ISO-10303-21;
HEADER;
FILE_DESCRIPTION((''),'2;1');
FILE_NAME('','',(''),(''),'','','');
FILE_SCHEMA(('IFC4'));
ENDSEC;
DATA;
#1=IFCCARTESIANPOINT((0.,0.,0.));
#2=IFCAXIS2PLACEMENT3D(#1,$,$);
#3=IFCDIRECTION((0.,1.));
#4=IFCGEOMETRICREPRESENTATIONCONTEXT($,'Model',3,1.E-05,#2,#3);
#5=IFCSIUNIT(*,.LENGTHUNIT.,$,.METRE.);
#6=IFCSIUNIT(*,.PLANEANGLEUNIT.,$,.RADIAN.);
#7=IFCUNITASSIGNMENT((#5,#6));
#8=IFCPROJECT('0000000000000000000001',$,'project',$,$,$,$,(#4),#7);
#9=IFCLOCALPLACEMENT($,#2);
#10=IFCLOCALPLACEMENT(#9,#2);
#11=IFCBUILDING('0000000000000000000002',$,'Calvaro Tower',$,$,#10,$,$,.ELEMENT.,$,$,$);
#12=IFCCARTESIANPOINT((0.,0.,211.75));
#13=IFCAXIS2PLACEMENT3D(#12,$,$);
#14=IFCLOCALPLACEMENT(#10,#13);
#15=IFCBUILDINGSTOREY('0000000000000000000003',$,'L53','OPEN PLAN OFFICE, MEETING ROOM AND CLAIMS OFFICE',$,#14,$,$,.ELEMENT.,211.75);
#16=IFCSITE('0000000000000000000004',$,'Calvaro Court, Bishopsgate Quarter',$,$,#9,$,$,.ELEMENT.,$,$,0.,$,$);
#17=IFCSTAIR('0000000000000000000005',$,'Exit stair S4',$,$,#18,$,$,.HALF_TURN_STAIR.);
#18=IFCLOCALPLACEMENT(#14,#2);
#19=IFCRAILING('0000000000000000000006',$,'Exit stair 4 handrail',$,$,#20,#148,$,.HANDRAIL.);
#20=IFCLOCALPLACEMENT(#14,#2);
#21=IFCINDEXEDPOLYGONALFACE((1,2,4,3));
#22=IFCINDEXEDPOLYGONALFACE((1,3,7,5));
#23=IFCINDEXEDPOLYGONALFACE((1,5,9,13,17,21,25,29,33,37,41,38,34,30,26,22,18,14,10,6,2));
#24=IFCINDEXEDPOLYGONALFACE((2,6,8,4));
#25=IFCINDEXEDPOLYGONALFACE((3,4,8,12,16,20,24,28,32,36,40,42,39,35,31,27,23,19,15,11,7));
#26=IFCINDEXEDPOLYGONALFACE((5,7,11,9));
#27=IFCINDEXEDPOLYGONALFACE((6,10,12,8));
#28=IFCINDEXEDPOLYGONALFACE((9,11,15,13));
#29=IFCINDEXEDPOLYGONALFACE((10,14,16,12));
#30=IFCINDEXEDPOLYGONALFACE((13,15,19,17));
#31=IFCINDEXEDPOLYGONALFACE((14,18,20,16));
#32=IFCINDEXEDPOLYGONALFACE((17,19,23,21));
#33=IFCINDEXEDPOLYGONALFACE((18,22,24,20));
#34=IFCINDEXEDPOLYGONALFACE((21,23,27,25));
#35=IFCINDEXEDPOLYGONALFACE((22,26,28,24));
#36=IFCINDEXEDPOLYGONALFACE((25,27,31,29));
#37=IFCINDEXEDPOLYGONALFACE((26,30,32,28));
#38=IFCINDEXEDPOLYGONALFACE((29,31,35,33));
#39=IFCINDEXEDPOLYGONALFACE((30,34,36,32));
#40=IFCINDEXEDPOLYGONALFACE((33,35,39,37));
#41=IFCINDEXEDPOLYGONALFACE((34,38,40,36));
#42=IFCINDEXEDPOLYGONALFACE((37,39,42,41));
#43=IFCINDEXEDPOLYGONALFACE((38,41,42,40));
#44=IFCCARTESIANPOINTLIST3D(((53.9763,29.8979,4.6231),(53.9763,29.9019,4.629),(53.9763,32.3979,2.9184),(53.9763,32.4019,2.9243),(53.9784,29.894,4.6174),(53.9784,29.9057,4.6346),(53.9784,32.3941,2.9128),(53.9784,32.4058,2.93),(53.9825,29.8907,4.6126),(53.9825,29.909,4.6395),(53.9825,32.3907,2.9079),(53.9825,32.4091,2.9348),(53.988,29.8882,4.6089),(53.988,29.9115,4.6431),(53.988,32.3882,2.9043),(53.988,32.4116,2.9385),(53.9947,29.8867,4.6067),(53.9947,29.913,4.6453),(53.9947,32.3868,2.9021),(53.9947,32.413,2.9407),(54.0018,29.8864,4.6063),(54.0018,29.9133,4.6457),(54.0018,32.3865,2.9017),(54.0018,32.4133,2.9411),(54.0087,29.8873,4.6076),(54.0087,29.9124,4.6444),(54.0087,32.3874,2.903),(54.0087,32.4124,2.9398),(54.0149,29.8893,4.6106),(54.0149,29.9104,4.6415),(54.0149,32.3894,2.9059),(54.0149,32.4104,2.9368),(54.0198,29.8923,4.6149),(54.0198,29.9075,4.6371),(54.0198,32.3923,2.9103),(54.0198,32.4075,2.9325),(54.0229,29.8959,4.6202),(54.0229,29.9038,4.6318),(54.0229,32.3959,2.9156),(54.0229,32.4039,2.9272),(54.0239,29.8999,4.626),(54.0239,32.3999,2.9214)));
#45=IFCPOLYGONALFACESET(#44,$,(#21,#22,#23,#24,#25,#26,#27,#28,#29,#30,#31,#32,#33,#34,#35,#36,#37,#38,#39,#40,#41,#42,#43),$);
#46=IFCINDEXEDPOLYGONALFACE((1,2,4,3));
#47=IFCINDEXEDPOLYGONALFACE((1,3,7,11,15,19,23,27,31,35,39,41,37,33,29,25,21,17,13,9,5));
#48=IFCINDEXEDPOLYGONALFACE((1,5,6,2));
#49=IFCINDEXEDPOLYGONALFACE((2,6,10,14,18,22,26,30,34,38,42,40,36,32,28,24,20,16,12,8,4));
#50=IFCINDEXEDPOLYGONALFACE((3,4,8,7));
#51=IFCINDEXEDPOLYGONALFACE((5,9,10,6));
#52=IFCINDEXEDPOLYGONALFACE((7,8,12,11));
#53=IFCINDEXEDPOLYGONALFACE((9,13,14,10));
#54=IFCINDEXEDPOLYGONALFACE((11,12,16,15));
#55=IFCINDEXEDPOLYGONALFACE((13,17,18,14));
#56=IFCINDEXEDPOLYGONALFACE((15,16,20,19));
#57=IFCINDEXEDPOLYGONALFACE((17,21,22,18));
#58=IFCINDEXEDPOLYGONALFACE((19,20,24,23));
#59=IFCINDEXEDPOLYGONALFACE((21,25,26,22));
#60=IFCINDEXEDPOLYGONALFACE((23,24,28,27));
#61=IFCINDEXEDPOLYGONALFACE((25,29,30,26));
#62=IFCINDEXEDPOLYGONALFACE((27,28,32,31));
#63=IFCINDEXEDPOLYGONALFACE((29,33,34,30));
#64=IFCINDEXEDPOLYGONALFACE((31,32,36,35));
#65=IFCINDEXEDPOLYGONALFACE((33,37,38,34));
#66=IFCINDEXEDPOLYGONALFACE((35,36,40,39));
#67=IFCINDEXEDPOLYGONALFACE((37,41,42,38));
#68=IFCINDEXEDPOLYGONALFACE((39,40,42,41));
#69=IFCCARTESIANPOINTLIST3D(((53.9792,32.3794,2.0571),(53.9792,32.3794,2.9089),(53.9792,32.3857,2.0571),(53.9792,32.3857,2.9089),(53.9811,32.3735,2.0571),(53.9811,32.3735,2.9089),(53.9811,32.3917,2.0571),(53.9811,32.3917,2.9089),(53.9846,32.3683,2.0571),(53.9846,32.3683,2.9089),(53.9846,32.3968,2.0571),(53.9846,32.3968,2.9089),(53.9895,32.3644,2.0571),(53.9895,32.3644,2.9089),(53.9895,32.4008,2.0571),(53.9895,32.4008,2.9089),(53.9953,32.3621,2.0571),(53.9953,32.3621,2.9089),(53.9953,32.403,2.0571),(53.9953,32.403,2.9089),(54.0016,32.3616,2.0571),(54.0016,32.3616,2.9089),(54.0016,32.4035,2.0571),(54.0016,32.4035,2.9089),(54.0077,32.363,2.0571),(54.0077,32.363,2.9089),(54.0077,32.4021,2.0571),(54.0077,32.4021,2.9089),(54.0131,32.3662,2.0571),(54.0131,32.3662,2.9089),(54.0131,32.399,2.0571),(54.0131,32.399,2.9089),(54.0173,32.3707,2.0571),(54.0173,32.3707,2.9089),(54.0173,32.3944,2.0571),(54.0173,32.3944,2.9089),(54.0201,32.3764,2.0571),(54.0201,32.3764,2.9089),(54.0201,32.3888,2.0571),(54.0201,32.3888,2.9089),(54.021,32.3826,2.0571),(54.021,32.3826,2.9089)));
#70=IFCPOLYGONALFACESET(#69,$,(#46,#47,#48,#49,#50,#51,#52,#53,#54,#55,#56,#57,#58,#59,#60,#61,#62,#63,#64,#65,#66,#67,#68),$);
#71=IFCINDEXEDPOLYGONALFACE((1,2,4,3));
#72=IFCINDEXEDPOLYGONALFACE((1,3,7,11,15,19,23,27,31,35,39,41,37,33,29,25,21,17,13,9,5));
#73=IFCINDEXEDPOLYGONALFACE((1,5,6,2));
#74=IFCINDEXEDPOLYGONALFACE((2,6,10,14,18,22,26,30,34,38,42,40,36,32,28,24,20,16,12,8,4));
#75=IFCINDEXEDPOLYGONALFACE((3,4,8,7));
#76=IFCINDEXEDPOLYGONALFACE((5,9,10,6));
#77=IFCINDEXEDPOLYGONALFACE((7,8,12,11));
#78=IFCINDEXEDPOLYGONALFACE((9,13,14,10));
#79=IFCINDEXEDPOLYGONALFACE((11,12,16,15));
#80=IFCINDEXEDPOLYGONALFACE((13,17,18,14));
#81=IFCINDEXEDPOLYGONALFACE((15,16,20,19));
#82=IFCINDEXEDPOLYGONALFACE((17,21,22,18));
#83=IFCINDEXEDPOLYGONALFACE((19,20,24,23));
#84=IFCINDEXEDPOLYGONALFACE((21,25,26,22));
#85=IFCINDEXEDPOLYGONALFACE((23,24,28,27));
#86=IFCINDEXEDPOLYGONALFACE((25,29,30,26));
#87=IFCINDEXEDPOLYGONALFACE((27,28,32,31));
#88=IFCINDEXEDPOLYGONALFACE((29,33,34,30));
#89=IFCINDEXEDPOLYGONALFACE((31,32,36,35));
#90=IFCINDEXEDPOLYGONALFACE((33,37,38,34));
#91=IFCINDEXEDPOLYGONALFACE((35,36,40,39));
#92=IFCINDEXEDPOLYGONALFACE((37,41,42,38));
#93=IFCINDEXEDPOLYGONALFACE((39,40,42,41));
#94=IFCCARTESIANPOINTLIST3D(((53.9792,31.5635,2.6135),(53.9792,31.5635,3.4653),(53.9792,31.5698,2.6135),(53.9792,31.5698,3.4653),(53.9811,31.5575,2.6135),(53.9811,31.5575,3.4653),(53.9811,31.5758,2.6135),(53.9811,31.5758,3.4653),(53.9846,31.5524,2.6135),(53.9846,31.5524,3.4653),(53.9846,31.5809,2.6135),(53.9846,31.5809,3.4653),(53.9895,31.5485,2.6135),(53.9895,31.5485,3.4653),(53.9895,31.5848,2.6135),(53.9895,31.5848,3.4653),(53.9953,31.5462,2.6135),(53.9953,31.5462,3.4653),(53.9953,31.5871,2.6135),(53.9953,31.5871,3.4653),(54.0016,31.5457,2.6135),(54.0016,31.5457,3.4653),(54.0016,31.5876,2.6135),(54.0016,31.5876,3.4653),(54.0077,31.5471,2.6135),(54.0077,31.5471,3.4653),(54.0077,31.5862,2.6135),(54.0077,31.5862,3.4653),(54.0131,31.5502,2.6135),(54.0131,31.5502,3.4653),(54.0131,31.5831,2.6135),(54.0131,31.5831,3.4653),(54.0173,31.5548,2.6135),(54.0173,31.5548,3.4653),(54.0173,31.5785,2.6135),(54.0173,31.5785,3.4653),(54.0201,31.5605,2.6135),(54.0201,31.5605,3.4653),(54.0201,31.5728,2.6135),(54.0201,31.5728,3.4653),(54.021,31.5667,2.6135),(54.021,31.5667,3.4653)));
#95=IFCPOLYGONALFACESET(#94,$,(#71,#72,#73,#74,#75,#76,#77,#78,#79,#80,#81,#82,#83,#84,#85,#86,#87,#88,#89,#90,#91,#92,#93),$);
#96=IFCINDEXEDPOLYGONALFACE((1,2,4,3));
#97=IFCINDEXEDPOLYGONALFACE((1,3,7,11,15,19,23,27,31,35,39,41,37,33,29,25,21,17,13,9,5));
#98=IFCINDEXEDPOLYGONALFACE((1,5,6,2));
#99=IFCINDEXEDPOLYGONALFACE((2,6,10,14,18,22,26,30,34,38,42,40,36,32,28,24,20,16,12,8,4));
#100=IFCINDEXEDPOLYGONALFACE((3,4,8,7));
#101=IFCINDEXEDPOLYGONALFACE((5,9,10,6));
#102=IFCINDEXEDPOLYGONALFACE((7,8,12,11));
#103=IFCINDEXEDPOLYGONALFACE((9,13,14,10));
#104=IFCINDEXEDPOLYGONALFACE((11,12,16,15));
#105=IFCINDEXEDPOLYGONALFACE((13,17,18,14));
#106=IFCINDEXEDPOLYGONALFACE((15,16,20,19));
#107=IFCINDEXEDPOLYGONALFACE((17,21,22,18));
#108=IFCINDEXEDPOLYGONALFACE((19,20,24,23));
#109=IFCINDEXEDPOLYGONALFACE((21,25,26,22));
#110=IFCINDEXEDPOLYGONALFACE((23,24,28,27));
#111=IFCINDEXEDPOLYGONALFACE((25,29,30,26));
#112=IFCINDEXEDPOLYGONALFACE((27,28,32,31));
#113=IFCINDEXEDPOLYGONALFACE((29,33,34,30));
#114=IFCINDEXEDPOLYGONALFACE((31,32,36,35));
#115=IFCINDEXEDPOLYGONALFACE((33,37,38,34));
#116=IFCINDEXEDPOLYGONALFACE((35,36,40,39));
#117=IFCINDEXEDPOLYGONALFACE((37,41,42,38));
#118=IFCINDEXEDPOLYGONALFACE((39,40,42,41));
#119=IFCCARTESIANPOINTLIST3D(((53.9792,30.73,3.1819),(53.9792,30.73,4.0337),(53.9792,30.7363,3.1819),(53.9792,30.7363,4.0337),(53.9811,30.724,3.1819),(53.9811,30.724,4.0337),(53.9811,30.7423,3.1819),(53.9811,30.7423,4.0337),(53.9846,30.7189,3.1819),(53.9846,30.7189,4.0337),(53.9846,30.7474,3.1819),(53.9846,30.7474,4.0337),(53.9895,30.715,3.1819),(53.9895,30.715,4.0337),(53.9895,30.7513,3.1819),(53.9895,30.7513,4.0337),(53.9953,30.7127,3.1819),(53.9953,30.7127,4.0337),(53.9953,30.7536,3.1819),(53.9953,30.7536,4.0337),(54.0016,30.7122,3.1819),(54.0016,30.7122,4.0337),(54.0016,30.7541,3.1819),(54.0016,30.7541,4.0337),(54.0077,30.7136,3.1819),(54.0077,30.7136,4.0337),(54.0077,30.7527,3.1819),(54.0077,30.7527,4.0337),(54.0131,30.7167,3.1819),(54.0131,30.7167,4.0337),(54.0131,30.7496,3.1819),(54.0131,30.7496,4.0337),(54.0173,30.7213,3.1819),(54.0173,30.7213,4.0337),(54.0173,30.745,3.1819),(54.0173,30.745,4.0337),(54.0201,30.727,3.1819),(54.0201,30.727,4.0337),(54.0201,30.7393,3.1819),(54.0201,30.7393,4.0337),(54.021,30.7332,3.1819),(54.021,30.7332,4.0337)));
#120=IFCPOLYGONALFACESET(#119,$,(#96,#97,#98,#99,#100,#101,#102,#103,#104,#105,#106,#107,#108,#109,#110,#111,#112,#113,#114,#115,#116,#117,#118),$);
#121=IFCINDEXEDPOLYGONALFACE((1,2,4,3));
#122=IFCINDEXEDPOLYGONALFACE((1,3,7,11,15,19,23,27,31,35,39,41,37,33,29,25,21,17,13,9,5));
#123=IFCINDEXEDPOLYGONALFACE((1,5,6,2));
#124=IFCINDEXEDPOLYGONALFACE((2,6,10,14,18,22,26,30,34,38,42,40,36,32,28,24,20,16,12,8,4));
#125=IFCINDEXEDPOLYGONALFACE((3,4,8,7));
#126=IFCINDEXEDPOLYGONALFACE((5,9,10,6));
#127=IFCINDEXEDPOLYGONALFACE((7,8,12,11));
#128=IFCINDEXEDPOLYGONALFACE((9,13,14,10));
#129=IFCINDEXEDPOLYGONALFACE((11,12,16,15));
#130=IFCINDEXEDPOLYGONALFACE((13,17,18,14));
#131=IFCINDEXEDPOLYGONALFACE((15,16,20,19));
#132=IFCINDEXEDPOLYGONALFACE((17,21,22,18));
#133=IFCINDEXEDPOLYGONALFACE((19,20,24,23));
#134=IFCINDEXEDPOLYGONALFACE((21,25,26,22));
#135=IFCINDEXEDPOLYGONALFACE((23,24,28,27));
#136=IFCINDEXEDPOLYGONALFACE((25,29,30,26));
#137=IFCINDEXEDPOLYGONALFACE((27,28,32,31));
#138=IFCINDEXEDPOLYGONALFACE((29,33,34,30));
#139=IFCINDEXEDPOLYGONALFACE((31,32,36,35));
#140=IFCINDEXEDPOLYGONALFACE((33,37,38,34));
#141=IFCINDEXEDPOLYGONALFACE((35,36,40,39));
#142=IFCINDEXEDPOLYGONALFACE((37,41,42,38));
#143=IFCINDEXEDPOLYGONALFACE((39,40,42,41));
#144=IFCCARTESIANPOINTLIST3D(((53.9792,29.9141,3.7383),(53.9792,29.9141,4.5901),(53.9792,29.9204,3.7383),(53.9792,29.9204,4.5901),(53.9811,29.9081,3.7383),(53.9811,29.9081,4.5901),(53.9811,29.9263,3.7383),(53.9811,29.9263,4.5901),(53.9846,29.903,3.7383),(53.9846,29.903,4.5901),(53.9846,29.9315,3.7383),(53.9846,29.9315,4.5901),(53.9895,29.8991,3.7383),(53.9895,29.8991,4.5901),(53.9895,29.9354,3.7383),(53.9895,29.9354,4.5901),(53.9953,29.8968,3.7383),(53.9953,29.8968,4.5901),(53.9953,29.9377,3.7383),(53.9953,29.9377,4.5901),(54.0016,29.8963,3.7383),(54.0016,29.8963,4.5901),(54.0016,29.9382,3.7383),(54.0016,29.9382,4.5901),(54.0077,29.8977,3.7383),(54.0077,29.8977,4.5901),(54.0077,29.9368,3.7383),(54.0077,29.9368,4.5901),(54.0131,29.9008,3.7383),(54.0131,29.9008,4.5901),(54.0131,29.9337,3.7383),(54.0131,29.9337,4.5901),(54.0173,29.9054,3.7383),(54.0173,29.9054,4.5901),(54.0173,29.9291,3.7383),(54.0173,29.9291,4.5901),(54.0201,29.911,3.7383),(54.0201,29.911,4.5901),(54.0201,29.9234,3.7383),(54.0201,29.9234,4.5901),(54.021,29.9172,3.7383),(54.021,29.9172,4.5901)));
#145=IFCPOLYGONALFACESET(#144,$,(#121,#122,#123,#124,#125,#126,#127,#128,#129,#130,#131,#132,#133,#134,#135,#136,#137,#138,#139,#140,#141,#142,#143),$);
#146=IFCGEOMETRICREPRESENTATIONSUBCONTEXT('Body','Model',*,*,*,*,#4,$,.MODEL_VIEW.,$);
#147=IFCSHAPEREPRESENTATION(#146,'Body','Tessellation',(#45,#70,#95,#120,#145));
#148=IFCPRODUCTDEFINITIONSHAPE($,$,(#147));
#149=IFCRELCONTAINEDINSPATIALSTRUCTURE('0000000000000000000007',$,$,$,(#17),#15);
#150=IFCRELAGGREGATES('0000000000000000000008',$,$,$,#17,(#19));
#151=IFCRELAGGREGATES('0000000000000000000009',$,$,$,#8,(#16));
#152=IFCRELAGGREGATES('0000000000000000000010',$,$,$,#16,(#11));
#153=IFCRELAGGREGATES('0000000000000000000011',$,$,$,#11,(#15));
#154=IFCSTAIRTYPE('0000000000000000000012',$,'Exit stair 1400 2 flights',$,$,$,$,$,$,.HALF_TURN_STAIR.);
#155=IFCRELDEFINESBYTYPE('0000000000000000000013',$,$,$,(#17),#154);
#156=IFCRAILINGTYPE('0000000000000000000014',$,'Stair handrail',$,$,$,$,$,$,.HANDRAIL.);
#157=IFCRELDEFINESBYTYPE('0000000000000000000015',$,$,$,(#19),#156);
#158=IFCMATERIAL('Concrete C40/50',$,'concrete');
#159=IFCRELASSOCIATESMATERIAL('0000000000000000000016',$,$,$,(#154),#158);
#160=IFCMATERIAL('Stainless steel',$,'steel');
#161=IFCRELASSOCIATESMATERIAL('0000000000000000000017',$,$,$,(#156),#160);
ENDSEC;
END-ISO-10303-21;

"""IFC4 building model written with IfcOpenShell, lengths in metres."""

from ifc_helpers import new_model, si_unit, direction, frame, origin, origin_2d, place, context, subcontext, project, spatial, circle, extrude, material, type_object, element, aggregate, save


model = new_model("IFC4")

# Units and contexts
model_context = context("Model", 3, precision=1e-05, world=origin(), true_north=direction((0.0, 1.0)))
body_context = subcontext(model_context, "Body", "Model", "MODEL_VIEW")
ifc_project = project(units=[si_unit("LENGTHUNIT", "METRE"), si_unit("PLANEANGLEUNIT", "RADIAN")], contexts=[model_context])

# Site, building, storey
site_placement = place(None, origin())
site = spatial("IfcSite", under=ifc_project, at=site_placement, Name="Calvaro Court, Bishopsgate Quarter", CompositionType="ELEMENT", RefElevation=0.0)
building_placement = place(site_placement, origin())
building = spatial("IfcBuilding", under=site, at=building_placement, Name="Calvaro Tower", CompositionType="ELEMENT")
storey_placement = place(building_placement, frame((0.0, 0.0, 211.75)))
storey = spatial("IfcBuildingStorey", under=building, at=storey_placement, Name="L53", Description="OPEN PLAN OFFICE, MEETING ROOM AND CLAIMS OFFICE", CompositionType="ELEMENT", Elevation=211.75)

# Stair
ifc_material_1 = material(Name="Concrete C40/50", Category="concrete")
stair_type = type_object("IfcStairType", Name="Exit stair 1400 2 flights", PredefinedType="HALF_TURN_STAIR", material=ifc_material_1)
stair_1_placement = place(storey_placement, origin())
stair_1 = element("IfcStair", 1, at=stair_1_placement, inside=storey, type_object=stair_type, Name="Exit stair S4", PredefinedType="HALF_TURN_STAIR")

# Railing
ifc_material_2 = material(Name="Stainless steel", Category="steel")
railing_type = type_object("IfcRailingType", Name="Stair handrail", PredefinedType="HANDRAIL", material=ifc_material_2)
railing_1_placement = place(storey_placement, frame((54.0, 32.3999, 2.0454)))
railing_1 = element("IfcRailing", 2, at=railing_1_placement, type_object=railing_type, Name="Exit stair 4 handrail", PredefinedType="HANDRAIL", context=body_context, shape_type="SweptSolid", body=[
    extrude(circle(Radius=0.0239, at=origin_2d()), frame((0.0, 0.0, 0.876), z_axis=(0.0, -0.826221, 0.563347), x_axis=(1.0, 0.0, 0.0)), (0.0, 0.0, 1.0), 3.0259),
    extrude(circle(Radius=0.021, at=origin_2d()), frame((0.0, -0.0173, 0.0117)), (0.0, 0.0, 1.0), 0.8518),
    extrude(circle(Radius=0.021, at=origin_2d()), frame((0.0, -0.8333, 0.5681)), (0.0, 0.0, 1.0), 0.8518),
    extrude(circle(Radius=0.021, at=origin_2d()), frame((0.0, -1.6667, 1.1365)), (0.0, 0.0, 1.0), 0.8518),
    extrude(circle(Radius=0.021, at=origin_2d()), frame((0.0, -2.4827, 1.6929)), (0.0, 0.0, 1.0), 0.8518),
])
aggregate(stair_1, [railing_1])

save(model, "model.ifc")
